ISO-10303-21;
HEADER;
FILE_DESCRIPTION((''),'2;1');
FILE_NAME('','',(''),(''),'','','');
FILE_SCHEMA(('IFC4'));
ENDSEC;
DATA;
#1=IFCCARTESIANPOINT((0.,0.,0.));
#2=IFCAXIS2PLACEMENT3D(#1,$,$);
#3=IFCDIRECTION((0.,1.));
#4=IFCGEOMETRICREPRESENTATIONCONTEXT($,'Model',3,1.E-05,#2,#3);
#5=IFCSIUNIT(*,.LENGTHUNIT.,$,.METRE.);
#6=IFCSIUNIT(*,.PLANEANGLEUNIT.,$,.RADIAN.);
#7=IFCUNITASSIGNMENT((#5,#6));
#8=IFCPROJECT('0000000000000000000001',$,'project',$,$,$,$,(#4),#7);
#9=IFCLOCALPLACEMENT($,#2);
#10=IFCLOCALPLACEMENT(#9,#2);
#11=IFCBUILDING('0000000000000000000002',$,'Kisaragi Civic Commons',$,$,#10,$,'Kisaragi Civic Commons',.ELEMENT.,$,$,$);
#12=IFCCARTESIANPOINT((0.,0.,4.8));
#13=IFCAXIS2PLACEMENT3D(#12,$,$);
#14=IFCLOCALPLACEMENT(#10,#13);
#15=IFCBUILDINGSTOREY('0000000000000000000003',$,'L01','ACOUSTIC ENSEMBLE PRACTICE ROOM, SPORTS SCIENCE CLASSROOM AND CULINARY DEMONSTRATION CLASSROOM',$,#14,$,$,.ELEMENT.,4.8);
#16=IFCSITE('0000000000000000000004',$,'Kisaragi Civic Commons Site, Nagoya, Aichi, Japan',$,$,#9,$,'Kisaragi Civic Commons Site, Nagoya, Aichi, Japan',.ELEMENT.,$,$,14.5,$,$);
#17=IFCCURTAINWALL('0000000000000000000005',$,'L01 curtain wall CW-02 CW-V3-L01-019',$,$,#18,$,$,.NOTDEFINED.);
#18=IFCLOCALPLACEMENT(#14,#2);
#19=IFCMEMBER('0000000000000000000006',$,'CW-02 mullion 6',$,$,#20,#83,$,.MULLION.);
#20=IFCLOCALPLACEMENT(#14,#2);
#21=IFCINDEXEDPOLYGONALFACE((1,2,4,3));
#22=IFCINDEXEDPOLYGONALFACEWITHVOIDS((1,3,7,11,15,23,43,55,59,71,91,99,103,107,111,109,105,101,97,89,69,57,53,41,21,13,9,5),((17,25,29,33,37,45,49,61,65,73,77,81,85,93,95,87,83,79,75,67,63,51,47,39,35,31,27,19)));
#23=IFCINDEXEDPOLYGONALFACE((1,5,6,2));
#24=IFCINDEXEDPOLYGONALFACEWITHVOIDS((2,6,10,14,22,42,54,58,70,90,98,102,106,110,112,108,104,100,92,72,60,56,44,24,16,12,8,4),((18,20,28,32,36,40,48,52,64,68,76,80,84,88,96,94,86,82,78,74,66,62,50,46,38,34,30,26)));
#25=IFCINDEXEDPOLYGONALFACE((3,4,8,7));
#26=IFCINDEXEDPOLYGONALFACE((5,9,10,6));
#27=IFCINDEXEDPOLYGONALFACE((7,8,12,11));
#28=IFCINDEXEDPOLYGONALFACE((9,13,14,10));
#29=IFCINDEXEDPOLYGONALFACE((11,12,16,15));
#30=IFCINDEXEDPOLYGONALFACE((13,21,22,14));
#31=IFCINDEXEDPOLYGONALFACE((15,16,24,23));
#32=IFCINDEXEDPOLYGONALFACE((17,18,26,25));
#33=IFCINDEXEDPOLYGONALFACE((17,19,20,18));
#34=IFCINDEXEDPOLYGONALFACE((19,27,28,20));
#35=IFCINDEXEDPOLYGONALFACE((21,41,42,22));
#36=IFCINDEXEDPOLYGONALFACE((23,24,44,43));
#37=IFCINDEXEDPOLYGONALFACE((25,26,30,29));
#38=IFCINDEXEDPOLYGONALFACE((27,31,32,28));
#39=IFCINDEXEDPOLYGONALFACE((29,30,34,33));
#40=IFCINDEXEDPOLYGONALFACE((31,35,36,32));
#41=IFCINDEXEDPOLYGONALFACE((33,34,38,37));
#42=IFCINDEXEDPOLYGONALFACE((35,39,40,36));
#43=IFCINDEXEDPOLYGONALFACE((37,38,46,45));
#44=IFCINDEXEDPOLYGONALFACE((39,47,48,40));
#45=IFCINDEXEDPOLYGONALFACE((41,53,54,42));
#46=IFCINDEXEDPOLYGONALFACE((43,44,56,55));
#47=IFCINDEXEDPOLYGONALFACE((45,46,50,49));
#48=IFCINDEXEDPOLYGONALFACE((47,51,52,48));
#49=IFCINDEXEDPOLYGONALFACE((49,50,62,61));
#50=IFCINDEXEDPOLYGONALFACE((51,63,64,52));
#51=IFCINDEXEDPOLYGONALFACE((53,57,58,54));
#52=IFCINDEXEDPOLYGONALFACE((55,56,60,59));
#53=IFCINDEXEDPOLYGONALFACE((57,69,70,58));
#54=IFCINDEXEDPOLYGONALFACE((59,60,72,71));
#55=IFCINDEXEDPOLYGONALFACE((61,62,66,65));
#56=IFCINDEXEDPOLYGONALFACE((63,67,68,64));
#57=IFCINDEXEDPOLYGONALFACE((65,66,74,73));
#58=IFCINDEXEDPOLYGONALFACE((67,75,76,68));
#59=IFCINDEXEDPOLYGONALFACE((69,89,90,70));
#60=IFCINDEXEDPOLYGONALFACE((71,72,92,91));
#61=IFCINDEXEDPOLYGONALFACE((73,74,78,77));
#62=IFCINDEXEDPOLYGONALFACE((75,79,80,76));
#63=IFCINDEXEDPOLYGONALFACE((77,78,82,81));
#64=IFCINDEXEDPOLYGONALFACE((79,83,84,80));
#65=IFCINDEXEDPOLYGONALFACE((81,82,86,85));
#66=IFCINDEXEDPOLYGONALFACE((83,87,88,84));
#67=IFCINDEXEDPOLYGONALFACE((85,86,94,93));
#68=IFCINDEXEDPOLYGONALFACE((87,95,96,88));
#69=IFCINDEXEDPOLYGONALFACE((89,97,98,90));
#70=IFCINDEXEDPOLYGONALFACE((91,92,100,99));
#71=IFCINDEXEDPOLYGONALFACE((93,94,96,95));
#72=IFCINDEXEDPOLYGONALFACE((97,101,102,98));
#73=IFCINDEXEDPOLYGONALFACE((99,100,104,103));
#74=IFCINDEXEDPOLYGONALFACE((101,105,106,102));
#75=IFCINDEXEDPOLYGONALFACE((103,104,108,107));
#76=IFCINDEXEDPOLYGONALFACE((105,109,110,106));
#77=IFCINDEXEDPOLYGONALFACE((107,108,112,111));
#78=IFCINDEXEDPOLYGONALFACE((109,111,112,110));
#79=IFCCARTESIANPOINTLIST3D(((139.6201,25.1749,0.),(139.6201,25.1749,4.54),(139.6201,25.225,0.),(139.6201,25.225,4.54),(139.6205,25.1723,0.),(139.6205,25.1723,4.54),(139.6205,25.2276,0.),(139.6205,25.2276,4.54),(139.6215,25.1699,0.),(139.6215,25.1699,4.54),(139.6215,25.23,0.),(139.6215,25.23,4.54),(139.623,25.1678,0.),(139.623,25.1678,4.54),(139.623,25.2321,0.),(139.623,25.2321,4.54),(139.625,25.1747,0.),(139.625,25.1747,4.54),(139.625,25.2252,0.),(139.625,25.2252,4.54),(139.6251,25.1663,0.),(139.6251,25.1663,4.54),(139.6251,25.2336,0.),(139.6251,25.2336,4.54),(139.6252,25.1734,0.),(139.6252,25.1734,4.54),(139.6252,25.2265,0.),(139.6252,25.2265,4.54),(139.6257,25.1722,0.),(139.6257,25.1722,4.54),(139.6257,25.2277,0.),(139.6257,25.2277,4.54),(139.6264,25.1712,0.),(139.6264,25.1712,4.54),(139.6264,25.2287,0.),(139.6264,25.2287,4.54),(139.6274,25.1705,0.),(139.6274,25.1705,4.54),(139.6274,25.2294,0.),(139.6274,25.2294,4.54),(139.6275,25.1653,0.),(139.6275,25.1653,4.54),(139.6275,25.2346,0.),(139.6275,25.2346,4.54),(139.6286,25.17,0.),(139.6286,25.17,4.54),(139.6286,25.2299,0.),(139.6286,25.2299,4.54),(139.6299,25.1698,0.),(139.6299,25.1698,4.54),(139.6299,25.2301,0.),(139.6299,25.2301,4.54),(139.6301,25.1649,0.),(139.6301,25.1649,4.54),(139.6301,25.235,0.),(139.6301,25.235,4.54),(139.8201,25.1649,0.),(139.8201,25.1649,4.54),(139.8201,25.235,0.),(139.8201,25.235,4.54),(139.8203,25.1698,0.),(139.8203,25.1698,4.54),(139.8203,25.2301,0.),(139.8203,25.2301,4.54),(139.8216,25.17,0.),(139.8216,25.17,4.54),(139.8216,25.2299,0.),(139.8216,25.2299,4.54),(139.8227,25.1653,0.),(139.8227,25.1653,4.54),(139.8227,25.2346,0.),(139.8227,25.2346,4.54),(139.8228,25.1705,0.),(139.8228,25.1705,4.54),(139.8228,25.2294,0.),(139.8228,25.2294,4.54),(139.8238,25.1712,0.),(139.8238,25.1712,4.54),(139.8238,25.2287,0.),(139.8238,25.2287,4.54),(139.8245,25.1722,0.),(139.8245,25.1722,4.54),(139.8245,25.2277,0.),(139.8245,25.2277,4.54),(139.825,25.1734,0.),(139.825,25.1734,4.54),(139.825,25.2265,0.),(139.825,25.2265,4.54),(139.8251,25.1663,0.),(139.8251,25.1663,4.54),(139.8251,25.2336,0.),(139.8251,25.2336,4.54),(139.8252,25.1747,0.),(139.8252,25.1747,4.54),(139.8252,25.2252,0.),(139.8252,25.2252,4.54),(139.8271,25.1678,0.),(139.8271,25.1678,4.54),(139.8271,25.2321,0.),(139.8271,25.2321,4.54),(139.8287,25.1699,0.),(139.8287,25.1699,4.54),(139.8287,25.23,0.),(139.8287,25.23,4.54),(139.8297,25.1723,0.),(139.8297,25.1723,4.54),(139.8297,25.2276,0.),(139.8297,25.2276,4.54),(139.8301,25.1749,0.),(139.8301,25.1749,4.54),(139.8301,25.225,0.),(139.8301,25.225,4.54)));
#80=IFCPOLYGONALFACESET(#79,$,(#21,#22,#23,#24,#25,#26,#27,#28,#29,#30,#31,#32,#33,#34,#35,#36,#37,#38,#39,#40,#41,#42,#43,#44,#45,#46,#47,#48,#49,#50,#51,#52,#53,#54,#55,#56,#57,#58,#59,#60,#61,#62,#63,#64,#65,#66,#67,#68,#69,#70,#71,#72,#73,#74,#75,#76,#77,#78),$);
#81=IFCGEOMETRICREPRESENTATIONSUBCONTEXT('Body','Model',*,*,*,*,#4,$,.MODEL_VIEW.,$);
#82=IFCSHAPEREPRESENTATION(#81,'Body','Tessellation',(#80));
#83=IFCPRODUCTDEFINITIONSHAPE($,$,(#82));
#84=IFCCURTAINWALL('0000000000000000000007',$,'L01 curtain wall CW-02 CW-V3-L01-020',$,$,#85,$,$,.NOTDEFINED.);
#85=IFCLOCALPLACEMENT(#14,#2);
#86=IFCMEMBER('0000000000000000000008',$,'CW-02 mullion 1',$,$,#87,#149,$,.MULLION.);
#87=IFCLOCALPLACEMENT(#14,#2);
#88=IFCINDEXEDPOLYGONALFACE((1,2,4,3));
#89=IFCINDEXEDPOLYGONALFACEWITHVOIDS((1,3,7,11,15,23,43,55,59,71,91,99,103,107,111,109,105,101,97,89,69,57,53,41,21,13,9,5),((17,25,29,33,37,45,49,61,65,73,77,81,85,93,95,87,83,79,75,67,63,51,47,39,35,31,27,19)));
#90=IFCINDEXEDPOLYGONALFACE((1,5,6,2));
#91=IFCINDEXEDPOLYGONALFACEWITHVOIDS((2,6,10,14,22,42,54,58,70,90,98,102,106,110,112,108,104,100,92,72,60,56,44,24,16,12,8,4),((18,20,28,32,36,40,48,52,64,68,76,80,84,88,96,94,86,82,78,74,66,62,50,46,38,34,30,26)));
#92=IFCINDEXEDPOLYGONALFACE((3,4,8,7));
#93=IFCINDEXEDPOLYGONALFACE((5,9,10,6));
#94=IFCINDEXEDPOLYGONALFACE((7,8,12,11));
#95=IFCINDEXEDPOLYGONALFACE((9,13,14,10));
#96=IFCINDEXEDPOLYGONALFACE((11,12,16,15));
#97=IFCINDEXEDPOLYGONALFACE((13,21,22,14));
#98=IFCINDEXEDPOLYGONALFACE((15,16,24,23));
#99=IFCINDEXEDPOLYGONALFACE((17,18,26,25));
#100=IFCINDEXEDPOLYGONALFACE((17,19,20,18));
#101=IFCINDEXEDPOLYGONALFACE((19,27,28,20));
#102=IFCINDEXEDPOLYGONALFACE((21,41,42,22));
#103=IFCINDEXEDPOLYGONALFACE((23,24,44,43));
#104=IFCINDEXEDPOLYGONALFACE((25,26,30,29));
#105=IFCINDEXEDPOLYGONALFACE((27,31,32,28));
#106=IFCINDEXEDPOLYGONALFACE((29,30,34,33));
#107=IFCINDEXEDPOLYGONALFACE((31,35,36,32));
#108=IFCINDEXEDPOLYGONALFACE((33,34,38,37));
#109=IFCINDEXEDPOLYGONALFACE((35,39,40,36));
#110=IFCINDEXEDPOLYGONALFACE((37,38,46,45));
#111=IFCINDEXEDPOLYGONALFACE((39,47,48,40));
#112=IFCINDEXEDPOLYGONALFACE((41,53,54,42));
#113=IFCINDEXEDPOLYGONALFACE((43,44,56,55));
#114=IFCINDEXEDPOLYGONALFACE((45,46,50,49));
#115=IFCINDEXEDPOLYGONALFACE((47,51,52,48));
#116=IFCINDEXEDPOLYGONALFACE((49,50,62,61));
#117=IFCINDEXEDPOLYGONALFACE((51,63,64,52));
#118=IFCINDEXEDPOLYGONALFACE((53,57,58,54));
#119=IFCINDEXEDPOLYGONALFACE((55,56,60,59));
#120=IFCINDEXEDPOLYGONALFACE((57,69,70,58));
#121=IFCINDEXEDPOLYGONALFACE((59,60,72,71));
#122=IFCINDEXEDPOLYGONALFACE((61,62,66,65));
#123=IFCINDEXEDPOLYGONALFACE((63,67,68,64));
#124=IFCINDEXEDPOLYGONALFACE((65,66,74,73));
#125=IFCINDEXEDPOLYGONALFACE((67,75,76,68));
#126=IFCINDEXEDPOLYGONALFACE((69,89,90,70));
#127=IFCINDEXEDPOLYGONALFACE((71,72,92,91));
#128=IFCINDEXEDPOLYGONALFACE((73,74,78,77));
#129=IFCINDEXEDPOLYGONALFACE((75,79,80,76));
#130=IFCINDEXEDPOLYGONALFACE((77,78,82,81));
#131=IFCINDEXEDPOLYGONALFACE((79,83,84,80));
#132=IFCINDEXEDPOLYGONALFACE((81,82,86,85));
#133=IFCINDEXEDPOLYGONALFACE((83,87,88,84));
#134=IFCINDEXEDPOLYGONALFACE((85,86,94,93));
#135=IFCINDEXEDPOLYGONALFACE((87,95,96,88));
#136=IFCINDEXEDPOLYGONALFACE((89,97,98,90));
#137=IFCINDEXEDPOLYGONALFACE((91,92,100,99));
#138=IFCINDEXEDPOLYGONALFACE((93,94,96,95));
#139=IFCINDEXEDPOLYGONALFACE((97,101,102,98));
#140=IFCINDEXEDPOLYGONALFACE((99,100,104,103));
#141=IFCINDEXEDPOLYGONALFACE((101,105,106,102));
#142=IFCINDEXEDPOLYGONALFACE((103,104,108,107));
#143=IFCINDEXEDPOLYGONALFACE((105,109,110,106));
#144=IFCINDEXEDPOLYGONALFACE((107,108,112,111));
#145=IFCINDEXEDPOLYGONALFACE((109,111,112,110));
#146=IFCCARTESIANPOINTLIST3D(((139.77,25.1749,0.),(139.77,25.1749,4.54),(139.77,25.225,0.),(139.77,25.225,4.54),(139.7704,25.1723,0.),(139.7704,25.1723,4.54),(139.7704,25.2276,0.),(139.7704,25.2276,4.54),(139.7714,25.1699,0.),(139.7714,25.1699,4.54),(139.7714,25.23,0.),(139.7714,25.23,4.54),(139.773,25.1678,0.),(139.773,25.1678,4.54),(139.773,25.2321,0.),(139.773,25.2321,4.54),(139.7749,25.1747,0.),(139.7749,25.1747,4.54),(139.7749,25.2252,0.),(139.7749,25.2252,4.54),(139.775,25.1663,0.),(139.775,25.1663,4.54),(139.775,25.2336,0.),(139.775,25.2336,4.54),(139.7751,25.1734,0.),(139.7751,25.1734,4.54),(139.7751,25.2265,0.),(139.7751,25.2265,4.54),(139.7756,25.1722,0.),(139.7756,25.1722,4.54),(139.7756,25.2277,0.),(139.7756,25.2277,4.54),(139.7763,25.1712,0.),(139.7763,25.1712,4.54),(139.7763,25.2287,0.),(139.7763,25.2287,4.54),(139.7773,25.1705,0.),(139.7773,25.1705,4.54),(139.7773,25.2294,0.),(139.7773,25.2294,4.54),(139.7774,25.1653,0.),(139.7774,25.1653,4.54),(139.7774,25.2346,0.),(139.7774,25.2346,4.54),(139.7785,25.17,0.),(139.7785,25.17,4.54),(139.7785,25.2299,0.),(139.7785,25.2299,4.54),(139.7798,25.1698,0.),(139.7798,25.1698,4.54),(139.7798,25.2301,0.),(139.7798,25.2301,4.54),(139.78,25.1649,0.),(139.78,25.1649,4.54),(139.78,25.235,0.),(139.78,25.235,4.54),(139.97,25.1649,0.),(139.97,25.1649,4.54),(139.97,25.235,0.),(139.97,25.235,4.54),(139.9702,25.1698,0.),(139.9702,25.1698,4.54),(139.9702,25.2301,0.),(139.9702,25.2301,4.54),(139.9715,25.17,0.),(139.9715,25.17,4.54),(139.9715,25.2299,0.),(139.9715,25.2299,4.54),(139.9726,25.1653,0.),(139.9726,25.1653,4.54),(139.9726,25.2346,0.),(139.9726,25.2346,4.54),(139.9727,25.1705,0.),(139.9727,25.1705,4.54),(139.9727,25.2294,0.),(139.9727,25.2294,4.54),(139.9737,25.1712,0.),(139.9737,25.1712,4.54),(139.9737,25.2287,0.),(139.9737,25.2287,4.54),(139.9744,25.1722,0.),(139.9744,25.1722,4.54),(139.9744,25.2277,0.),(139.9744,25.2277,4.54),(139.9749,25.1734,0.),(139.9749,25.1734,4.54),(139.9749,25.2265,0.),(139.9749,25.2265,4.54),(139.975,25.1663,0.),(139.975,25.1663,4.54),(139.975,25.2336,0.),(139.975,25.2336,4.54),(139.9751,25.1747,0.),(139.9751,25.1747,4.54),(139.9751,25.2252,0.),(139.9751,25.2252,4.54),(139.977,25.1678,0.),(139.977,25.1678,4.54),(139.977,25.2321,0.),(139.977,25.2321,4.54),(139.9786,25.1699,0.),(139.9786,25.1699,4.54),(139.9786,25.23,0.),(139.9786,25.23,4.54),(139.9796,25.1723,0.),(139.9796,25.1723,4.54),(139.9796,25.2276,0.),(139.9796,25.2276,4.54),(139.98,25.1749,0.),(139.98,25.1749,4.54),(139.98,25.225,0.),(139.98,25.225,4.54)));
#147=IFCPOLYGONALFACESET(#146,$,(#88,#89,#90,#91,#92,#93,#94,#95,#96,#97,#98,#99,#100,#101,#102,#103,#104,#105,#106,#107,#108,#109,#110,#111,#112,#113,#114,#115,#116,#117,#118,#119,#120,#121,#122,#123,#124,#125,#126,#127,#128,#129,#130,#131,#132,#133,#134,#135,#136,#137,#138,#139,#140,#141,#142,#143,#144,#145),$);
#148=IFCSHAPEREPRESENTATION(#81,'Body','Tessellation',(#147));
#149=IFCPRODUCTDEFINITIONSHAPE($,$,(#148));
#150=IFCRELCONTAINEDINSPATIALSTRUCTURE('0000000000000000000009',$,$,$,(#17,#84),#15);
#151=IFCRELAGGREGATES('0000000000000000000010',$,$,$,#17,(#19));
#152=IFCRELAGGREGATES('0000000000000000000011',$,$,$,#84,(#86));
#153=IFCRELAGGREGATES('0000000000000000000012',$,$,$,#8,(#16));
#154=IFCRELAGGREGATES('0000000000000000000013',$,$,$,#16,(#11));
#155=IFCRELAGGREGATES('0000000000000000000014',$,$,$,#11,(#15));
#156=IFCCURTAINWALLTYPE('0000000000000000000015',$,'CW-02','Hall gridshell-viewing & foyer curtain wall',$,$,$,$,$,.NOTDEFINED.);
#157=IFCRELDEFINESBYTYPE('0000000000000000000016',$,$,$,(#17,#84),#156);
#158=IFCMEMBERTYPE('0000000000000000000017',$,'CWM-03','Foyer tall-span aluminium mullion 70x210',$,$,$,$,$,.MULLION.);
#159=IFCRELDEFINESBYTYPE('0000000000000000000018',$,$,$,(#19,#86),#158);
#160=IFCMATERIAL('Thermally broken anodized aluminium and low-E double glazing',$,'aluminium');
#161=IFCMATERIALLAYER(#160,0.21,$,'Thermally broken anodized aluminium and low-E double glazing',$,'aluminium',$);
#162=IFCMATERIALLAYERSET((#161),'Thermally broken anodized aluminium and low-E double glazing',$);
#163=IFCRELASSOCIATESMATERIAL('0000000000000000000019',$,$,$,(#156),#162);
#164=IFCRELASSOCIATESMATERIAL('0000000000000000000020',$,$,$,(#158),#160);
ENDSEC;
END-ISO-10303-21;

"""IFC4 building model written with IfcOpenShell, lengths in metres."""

from ifc_helpers import new_model, si_unit, direction, frame, origin, origin_2d, place, context, subcontext, project, spatial, hollow_rectangle, extrude, material, layer, layer_set, material_profile, profile_set, type_object, element, aggregate, save


model = new_model("IFC4")

# Units and contexts
model_context = context("Model", 3, precision=1e-05, world=origin(), true_north=direction((0.0, 1.0)))
body_context = subcontext(model_context, "Body", "Model", "MODEL_VIEW")
ifc_project = project(units=[si_unit("LENGTHUNIT", "METRE"), si_unit("PLANEANGLEUNIT", "RADIAN")], contexts=[model_context])

# Site, building, storey
site_placement = place(None, origin())
site = spatial("IfcSite", under=ifc_project, at=site_placement, Name="Kisaragi Civic Commons Site, Nagoya, Aichi, Japan", LongName="Kisaragi Civic Commons Site, Nagoya, Aichi, Japan", CompositionType="ELEMENT", RefElevation=14.5)
building_placement = place(site_placement, origin())
building = spatial("IfcBuilding", under=site, at=building_placement, Name="Kisaragi Civic Commons", LongName="Kisaragi Civic Commons", CompositionType="ELEMENT")
storey_placement = place(building_placement, frame((0.0, 0.0, 4.8)))
storey = spatial("IfcBuildingStorey", under=building, at=storey_placement, Name="L01", Description="ACOUSTIC ENSEMBLE PRACTICE ROOM, SPORTS SCIENCE CLASSROOM AND CULINARY DEMONSTRATION CLASSROOM", CompositionType="ELEMENT", Elevation=4.8)

# Curtain wall, member
ifc_material = material(Name="Thermally broken anodized aluminium and low-E double glazing", Category="aluminium")
ifc_layer_1 = layer(ifc_material, 0.21, Name="Thermally broken anodized aluminium and low-E double glazing", Category="aluminium")
ifc_layer_set_1 = layer_set([ifc_layer_1], Name="Thermally broken anodized aluminium and low-E double glazing")
curtain_wall_type = type_object("IfcCurtainWallType", Name="CW-02", Description="Hall gridshell-viewing & foyer curtain wall", PredefinedType="NOTDEFINED", material=ifc_layer_set_1)
curtain_wall_1_placement = place(storey_placement, origin())
curtain_wall_1 = element("IfcCurtainWall", 1, at=curtain_wall_1_placement, inside=storey, type_object=curtain_wall_type, Name="L01 curtain wall CW-02 CW-V3-L01-019", PredefinedType="NOTDEFINED")
ifc_material_profile_1 = material_profile(ifc_material, hollow_rectangle(XDim=0.0701, YDim=0.21, WallThickness=0.0049, InnerFilletRadius=0.0049, OuterFilletRadius=0.01, at=origin_2d()), Name="CWM-70x210x5", Category="aluminium")
ifc_profile_set_1 = profile_set([ifc_material_profile_1], Name="Thermally broken anodized aluminium and low-E double glazing")
member_type_1 = type_object("IfcMemberType", Name="CWM-03", Description="Foyer tall-span aluminium mullion 70x210", PredefinedType="MULLION", material=ifc_profile_set_1)
member_1_placement = place(storey_placement, frame((139.7251, 25.2, 0.0), z_axis=(0.0, 0.0, 1.0), x_axis=(0.0, 1.0, 0.0)))
member_1 = element("IfcMember", 2, at=member_1_placement, type_object=member_type_1, Name="CW-02 mullion 6", PredefinedType="MULLION", context=body_context, shape_type="SweptSolid", body=[
    extrude(hollow_rectangle(XDim=0.0701, YDim=0.21, WallThickness=0.0049, InnerFilletRadius=0.0049, OuterFilletRadius=0.01, at=origin_2d()), origin(), (0.0, 0.0, 1.0), 4.54),
])

# Curtain wall, member
curtain_wall_2_placement = place(storey_placement, origin())
curtain_wall_2 = element("IfcCurtainWall", 3, at=curtain_wall_2_placement, inside=storey, type_object=curtain_wall_type, Name="L01 curtain wall CW-02 CW-V3-L01-020", PredefinedType="NOTDEFINED")
member_2_placement = place(storey_placement, frame((139.875, 25.2, 0.0), z_axis=(0.0, 0.0, 1.0), x_axis=(0.0, 1.0, 0.0)))
member_2 = element("IfcMember", 4, at=member_2_placement, type_object=member_type_1, Name="CW-02 mullion 1", PredefinedType="MULLION", context=body_context, shape_type="SweptSolid", body=[
    extrude(hollow_rectangle(XDim=0.0701, YDim=0.21, WallThickness=0.0049, InnerFilletRadius=0.0049, OuterFilletRadius=0.01, at=origin_2d()), origin(), (0.0, 0.0, 1.0), 4.54),
])

aggregate(curtain_wall_1, [member_1])
aggregate(curtain_wall_2, [member_2])

save(model, "model.ifc")
